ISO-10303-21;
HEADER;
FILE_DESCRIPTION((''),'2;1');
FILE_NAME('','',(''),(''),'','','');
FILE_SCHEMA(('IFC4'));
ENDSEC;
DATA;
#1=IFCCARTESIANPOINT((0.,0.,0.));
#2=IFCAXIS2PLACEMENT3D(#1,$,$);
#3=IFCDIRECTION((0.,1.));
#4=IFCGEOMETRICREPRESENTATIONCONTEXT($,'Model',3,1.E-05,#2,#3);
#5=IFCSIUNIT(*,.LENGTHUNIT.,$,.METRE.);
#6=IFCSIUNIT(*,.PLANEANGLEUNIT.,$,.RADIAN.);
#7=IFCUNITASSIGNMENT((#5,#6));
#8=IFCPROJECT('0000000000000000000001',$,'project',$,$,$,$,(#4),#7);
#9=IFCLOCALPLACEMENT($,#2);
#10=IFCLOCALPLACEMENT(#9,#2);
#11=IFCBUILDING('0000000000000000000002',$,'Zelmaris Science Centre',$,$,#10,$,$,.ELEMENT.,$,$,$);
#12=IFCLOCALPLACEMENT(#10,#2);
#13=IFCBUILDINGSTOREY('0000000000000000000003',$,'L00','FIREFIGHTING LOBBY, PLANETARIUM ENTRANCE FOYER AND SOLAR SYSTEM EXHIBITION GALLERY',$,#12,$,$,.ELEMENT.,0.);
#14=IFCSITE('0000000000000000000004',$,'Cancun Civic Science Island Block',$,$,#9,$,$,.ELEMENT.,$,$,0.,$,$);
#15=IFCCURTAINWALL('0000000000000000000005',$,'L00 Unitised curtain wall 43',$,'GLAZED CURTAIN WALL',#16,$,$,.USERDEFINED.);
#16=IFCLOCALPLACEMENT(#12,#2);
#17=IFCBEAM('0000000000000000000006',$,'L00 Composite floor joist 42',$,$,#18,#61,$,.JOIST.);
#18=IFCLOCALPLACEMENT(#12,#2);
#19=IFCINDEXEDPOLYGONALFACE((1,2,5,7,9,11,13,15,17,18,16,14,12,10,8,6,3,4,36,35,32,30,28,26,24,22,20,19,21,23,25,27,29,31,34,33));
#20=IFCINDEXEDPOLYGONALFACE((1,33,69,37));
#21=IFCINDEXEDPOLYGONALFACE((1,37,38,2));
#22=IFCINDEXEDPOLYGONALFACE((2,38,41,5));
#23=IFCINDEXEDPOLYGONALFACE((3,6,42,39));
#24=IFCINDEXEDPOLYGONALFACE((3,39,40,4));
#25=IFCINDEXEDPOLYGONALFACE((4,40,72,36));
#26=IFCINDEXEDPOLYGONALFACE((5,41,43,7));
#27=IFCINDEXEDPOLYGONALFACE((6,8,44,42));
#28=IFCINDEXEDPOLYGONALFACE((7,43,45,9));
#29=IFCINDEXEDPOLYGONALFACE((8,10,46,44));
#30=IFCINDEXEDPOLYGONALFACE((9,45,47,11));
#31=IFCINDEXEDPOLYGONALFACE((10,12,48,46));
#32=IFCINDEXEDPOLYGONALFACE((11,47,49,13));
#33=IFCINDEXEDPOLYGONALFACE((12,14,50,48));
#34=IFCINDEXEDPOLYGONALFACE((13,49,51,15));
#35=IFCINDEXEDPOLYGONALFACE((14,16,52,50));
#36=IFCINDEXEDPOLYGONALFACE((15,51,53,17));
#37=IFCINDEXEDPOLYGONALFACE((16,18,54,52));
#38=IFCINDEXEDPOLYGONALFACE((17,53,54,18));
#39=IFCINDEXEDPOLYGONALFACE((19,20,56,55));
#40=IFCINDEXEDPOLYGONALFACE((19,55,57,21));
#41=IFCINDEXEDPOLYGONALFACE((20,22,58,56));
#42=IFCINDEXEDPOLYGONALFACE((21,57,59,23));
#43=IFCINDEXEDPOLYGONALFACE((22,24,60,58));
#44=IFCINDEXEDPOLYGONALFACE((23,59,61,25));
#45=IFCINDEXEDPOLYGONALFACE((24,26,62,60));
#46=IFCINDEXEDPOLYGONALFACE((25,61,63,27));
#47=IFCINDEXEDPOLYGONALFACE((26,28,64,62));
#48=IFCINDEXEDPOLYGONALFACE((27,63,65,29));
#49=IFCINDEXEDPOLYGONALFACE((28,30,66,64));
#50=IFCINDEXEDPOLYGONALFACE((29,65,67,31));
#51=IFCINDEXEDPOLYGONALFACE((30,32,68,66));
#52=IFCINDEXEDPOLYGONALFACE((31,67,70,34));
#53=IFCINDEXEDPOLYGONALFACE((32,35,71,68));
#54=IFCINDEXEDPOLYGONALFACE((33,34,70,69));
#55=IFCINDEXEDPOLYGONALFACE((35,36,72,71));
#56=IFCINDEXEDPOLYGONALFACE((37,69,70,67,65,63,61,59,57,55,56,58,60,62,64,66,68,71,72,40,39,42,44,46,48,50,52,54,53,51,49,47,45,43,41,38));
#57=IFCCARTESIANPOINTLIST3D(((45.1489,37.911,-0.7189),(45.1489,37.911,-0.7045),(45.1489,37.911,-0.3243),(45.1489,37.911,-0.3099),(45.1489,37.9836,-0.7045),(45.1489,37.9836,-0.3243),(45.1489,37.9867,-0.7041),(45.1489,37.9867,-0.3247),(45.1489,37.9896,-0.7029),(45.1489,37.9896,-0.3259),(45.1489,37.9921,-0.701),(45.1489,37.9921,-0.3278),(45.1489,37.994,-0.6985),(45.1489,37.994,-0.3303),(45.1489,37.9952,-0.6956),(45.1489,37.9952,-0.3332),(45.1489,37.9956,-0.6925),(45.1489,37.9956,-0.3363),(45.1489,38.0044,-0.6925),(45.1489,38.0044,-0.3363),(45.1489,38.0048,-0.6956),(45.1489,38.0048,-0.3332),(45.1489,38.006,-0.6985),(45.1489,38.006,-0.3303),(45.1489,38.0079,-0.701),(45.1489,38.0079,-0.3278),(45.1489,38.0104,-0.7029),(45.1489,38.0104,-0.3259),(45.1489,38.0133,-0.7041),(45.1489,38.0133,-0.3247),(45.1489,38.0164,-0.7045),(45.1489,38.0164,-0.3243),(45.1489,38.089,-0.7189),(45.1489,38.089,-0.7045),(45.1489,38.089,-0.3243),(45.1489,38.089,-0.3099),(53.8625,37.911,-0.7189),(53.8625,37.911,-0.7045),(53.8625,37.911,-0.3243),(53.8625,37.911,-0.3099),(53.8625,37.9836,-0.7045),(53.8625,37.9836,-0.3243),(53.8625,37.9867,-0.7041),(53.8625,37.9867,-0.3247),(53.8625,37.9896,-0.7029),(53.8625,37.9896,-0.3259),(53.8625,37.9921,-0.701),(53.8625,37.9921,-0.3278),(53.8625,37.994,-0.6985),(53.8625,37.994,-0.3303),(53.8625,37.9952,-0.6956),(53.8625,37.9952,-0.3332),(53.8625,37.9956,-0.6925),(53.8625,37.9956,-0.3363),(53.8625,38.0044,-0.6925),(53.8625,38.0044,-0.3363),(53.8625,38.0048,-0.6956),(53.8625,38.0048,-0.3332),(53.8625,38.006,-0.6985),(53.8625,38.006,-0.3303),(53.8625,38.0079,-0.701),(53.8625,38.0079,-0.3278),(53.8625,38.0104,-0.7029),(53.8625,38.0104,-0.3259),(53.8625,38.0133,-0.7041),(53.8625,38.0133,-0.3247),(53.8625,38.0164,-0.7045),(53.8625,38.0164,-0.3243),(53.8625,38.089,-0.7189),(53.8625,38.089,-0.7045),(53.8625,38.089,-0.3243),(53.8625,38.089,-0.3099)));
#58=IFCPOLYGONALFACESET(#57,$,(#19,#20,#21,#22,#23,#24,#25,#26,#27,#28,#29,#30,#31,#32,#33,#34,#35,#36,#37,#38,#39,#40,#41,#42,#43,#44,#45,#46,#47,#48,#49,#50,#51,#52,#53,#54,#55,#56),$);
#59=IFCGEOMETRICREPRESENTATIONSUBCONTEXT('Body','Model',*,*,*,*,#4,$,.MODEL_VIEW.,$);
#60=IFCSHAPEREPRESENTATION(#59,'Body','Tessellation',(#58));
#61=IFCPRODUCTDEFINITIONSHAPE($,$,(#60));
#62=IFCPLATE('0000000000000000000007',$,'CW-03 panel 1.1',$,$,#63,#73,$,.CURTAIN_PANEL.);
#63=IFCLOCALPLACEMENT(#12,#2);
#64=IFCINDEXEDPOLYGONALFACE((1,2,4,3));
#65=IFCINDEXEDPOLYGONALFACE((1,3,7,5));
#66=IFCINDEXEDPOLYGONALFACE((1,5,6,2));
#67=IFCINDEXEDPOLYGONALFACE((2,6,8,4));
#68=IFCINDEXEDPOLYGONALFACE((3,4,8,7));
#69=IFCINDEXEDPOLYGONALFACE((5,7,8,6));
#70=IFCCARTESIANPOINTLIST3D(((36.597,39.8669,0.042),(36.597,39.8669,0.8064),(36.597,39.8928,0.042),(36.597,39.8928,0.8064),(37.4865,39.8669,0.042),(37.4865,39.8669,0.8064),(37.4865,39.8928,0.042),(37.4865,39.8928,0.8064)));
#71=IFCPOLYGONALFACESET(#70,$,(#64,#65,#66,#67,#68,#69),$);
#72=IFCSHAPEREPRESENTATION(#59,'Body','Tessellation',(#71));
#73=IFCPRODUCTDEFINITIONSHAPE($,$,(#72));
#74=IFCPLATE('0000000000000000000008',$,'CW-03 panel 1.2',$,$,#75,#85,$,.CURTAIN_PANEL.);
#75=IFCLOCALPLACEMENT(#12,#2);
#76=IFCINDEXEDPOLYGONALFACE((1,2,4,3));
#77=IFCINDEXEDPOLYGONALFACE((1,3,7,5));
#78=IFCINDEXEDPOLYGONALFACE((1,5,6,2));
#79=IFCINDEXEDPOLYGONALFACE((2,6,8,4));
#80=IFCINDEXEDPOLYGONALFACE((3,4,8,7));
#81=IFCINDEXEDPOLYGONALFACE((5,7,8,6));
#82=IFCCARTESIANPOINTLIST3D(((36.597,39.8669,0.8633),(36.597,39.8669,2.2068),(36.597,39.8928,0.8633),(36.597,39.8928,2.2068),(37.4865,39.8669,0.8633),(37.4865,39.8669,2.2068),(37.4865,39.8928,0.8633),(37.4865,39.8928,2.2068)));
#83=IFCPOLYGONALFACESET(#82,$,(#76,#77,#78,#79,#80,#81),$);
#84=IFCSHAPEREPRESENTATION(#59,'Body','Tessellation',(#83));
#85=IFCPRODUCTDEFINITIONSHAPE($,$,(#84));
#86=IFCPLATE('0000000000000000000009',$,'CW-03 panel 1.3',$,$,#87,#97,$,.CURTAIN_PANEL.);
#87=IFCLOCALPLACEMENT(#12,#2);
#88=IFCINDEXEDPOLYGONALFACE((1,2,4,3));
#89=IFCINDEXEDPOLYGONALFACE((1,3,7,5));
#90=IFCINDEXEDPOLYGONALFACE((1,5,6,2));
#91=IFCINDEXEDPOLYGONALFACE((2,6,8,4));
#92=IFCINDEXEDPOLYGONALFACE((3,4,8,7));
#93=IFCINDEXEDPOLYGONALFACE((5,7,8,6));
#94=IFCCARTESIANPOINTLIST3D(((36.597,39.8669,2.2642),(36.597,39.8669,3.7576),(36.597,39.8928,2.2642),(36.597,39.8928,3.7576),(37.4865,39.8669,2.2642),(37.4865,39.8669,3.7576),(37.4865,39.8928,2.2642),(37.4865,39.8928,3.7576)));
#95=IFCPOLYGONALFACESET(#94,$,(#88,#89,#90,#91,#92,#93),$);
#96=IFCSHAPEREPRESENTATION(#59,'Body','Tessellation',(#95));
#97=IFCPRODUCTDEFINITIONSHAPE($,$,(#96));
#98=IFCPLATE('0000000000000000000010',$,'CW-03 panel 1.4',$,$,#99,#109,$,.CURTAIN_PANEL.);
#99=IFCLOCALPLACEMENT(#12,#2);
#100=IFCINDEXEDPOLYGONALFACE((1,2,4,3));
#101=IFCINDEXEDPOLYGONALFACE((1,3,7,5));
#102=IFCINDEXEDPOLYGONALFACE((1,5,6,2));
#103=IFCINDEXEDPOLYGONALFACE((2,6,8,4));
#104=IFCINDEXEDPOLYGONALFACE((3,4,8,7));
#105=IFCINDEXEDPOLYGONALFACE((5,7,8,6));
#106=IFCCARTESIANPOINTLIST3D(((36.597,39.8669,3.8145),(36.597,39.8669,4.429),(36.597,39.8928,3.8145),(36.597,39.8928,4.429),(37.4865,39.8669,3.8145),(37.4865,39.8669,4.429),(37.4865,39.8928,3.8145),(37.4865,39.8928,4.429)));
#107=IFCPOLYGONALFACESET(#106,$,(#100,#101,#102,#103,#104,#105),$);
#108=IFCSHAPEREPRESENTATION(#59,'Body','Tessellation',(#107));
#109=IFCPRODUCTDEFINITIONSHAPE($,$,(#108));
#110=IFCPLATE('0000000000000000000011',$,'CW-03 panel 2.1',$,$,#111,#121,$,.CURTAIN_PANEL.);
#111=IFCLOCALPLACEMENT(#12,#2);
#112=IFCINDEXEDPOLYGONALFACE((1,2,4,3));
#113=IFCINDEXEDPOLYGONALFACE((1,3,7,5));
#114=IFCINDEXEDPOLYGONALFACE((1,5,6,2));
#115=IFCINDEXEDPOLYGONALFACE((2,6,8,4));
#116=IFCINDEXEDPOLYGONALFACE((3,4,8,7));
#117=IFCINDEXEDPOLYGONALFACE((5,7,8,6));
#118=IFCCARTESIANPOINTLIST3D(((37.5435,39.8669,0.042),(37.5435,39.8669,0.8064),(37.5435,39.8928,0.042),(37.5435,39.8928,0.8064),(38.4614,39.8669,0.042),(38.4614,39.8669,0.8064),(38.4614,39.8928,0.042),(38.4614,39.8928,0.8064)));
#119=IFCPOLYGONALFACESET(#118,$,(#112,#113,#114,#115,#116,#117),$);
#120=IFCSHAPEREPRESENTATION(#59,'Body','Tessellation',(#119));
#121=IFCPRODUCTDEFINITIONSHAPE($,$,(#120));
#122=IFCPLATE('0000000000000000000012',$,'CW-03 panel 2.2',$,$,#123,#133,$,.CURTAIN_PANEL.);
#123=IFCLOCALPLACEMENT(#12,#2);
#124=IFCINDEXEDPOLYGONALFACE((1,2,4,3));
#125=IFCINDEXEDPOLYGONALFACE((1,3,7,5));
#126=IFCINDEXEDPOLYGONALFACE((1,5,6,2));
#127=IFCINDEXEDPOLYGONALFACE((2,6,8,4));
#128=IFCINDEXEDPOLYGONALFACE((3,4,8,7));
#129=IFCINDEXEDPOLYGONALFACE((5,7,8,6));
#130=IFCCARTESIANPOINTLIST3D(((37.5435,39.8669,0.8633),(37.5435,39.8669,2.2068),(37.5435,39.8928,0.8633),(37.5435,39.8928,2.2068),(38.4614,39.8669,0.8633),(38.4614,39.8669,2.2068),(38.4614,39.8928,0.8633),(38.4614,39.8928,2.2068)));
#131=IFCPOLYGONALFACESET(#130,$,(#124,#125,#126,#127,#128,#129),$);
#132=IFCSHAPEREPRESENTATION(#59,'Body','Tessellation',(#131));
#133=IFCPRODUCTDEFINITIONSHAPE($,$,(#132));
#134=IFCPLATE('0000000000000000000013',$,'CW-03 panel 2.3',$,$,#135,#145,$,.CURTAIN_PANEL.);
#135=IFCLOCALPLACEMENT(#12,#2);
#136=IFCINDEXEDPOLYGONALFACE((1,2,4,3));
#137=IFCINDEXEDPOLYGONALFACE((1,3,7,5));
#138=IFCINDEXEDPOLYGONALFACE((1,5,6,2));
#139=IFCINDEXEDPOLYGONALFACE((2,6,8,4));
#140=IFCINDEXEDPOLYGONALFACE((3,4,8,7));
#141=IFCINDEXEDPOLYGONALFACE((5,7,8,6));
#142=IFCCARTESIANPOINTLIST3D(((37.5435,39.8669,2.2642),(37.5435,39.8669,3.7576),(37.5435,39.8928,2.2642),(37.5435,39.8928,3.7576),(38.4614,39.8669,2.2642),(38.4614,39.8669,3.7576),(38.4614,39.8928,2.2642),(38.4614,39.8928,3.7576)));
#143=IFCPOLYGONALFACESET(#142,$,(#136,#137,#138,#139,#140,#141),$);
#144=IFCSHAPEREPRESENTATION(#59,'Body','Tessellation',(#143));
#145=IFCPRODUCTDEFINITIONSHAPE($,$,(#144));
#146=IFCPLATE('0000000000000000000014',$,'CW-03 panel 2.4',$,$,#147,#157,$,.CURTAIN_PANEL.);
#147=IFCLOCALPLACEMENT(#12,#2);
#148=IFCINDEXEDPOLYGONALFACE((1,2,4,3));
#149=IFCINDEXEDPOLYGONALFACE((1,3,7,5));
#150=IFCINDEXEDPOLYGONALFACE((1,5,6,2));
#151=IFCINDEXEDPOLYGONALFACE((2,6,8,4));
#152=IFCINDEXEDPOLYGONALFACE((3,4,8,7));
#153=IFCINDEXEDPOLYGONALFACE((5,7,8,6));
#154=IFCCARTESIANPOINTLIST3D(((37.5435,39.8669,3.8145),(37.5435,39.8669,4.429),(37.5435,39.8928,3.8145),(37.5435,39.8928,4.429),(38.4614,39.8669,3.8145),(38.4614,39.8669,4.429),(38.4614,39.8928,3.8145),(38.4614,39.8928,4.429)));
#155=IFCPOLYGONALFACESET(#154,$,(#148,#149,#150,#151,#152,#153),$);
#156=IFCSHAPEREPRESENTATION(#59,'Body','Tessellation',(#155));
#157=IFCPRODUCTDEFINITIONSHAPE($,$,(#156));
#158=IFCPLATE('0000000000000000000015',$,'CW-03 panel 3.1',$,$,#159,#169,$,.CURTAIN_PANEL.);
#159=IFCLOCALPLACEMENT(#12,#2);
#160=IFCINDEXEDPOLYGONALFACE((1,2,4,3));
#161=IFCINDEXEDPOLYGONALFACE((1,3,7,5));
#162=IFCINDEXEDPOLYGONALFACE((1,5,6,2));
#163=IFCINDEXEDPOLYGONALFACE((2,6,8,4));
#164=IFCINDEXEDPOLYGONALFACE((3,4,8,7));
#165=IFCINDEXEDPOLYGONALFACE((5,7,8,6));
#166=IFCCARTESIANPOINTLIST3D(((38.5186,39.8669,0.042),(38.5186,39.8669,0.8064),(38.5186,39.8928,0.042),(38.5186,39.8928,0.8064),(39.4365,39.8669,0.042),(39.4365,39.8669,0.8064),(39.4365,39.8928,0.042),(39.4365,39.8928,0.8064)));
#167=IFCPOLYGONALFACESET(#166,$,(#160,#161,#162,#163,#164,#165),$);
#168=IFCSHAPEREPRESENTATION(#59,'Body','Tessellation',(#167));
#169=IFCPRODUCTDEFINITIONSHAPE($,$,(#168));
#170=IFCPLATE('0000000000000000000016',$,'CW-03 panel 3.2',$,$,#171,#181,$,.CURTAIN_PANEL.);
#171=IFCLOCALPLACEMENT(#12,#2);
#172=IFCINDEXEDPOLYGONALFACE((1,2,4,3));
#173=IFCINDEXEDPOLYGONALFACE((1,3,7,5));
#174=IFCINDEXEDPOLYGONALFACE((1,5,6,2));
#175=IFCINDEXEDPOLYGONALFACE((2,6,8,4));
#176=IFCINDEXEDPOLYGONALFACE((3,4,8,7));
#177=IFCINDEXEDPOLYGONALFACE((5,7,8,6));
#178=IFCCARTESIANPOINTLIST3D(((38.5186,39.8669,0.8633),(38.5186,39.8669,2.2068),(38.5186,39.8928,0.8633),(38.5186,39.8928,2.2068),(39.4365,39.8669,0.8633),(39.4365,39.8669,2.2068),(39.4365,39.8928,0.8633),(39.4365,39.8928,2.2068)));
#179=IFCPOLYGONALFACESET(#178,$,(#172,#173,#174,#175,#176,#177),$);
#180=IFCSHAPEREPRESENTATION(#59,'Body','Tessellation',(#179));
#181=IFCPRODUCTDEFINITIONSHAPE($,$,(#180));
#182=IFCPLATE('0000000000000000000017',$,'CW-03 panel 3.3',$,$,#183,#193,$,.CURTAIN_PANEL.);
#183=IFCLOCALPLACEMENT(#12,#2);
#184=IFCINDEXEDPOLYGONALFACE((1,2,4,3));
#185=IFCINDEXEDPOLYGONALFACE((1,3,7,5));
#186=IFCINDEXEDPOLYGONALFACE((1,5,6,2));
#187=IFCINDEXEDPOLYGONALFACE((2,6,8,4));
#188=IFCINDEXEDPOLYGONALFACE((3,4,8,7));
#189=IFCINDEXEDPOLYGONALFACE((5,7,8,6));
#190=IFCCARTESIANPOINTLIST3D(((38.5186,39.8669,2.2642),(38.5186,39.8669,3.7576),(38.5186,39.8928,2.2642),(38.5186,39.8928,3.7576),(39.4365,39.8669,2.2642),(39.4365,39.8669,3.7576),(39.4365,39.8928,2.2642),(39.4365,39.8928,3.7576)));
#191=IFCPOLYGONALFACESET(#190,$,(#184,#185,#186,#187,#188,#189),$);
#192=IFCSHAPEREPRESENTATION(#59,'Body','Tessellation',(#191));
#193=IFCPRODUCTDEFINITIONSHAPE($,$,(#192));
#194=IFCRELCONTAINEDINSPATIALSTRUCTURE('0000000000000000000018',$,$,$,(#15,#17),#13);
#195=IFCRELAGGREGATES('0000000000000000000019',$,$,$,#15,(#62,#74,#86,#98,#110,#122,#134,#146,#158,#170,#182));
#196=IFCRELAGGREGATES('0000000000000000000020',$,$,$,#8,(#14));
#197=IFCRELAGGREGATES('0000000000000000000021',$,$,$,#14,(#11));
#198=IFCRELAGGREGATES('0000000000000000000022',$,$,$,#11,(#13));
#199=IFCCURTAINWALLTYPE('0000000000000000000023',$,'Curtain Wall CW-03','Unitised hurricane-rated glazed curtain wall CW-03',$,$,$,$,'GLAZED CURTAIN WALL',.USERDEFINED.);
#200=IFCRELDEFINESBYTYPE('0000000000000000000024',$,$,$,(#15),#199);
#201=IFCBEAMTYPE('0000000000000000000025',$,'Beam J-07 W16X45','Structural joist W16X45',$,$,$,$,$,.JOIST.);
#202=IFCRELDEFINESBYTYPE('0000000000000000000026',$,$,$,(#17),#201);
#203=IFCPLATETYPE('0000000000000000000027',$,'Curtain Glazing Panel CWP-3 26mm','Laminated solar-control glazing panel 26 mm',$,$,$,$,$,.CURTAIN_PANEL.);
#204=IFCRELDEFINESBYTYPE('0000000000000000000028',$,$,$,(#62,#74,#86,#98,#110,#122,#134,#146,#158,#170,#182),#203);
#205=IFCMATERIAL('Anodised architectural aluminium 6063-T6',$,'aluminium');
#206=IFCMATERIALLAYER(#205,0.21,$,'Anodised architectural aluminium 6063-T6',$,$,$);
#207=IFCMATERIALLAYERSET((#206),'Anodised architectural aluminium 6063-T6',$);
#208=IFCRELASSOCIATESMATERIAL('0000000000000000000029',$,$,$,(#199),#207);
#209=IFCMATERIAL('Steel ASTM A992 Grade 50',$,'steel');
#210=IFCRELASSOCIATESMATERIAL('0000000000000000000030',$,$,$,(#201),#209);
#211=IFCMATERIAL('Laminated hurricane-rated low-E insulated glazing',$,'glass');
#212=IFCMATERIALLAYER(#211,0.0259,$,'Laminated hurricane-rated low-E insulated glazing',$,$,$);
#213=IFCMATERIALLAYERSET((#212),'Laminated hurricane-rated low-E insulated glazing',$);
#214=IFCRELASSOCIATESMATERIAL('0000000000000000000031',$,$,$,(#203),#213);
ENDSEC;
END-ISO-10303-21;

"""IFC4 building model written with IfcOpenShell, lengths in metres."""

from ifc_helpers import new_model, si_unit, direction, frame, origin, origin_2d, place, context, subcontext, project, spatial, rectangle, i_section, extrude, material, layer, layer_set, material_profile, profile_set, type_object, element, aggregate, save


model = new_model("IFC4")

# Units and contexts
model_context = context("Model", 3, precision=1e-05, world=origin(), true_north=direction((0.0, 1.0)))
body_context = subcontext(model_context, "Body", "Model", "MODEL_VIEW")
ifc_project = project(units=[si_unit("LENGTHUNIT", "METRE"), si_unit("PLANEANGLEUNIT", "RADIAN")], contexts=[model_context])

# Site, building, storey
site_placement = place(None, origin())
site = spatial("IfcSite", under=ifc_project, at=site_placement, Name="Cancun Civic Science Island Block", CompositionType="ELEMENT", RefElevation=0.0)
building_placement = place(site_placement, origin())
building = spatial("IfcBuilding", under=site, at=building_placement, Name="Zelmaris Science Centre", CompositionType="ELEMENT")
storey_placement = place(building_placement, origin())
storey = spatial("IfcBuildingStorey", under=building, at=storey_placement, Name="L00", Description="FIREFIGHTING LOBBY, PLANETARIUM ENTRANCE FOYER AND SOLAR SYSTEM EXHIBITION GALLERY", CompositionType="ELEMENT", Elevation=0.0)

# Curtain wall
ifc_material_1 = material(Name="Anodised architectural aluminium 6063-T6", Category="aluminium")
ifc_layer_1 = layer(ifc_material_1, 0.21, Name="Anodised architectural aluminium 6063-T6")
ifc_layer_set_1 = layer_set([ifc_layer_1], Name="Anodised architectural aluminium 6063-T6")
curtain_wall_type = type_object("IfcCurtainWallType", Name="Curtain Wall CW-03", Description="Unitised hurricane-rated glazed curtain wall CW-03", ElementType="GLAZED CURTAIN WALL", PredefinedType="USERDEFINED", material=ifc_layer_set_1)
curtain_wall_placement = place(storey_placement, origin())
curtain_wall = element("IfcCurtainWall", 1, at=curtain_wall_placement, inside=storey, type_object=curtain_wall_type, Name="L00 Unitised curtain wall 43", ObjectType="GLAZED CURTAIN WALL", PredefinedType="USERDEFINED")

# Beam
ifc_material_2 = material(Name="Steel ASTM A992 Grade 50", Category="steel")
ifc_material_profile_1 = material_profile(ifc_material_2, i_section(OverallWidth=0.178, OverallDepth=0.4089, WebThickness=0.0088, FlangeThickness=0.0144, FilletRadius=0.012, at=origin_2d()), Name="W16X45")
ifc_profile_set_1 = profile_set([ifc_material_profile_1], Name="Steel ASTM A992 Grade 50")
beam_type = type_object("IfcBeamType", Name="Beam J-07 W16X45", Description="Structural joist W16X45", PredefinedType="JOIST", material=ifc_profile_set_1)
beam_placement = place(storey_placement, frame((45.1489, 38.0, -0.5144), z_axis=(1.0, 0.0, 0.0), x_axis=(0.0, 1.0, 0.0)))
element("IfcBeam", 2, at=beam_placement, inside=storey, type_object=beam_type, Name="L00 Composite floor joist 42", PredefinedType="JOIST", context=body_context, shape_type="SweptSolid", body=[
    extrude(i_section(OverallWidth=0.178, OverallDepth=0.4089, WebThickness=0.0088, FlangeThickness=0.0144, FilletRadius=0.012, at=origin_2d()), origin(), (0.0, 0.0, 1.0), 8.7136),
])

# Plates
ifc_material_3 = material(Name="Laminated hurricane-rated low-E insulated glazing", Category="glass")
ifc_layer_2 = layer(ifc_material_3, 0.0259, Name="Laminated hurricane-rated low-E insulated glazing")
ifc_layer_set_2 = layer_set([ifc_layer_2], Name="Laminated hurricane-rated low-E insulated glazing")
plate_type = type_object("IfcPlateType", Name="Curtain Glazing Panel CWP-3 26mm", Description="Laminated solar-control glazing panel 26 mm", PredefinedType="CURTAIN_PANEL", material=ifc_layer_set_2)
plate_1_placement = place(storey_placement, frame((37.0417, 39.8799, 0.042), z_axis=(0.0, 0.0, 1.0), x_axis=(1.0, 0.0, 0.0)))
plate_1 = element("IfcPlate", 3, at=plate_1_placement, type_object=plate_type, Name="CW-03 panel 1.1", PredefinedType="CURTAIN_PANEL", context=body_context, shape_type="SweptSolid", body=[
    extrude(rectangle(XDim=0.8894, YDim=0.0259, at=origin_2d()), origin(), (0.0, 0.0, 1.0), 0.7644),
])
plate_2_placement = place(storey_placement, frame((37.0417, 39.8799, 0.8633), z_axis=(0.0, 0.0, 1.0), x_axis=(1.0, 0.0, 0.0)))
plate_2 = element("IfcPlate", 4, at=plate_2_placement, type_object=plate_type, Name="CW-03 panel 1.2", PredefinedType="CURTAIN_PANEL", context=body_context, shape_type="SweptSolid", body=[
    extrude(rectangle(XDim=0.8894, YDim=0.0259, at=origin_2d()), origin(), (0.0, 0.0, 1.0), 1.3435),
])
plate_3_placement = place(storey_placement, frame((37.0417, 39.8799, 2.2642), z_axis=(0.0, 0.0, 1.0), x_axis=(1.0, 0.0, 0.0)))
plate_3 = element("IfcPlate", 5, at=plate_3_placement, type_object=plate_type, Name="CW-03 panel 1.3", PredefinedType="CURTAIN_PANEL", context=body_context, shape_type="SweptSolid", body=[
    extrude(rectangle(XDim=0.8894, YDim=0.0259, at=origin_2d()), origin(), (0.0, 0.0, 1.0), 1.4934),
])
plate_4_placement = place(storey_placement, frame((37.0417, 39.8799, 3.8145), z_axis=(0.0, 0.0, 1.0), x_axis=(1.0, 0.0, 0.0)))
plate_4 = element("IfcPlate", 6, at=plate_4_placement, type_object=plate_type, Name="CW-03 panel 1.4", PredefinedType="CURTAIN_PANEL", context=body_context, shape_type="SweptSolid", body=[
    extrude(rectangle(XDim=0.8894, YDim=0.0259, at=origin_2d()), origin(), (0.0, 0.0, 1.0), 0.6145),
])
plate_5_placement = place(storey_placement, frame((38.0024, 39.8799, 0.042), z_axis=(0.0, 0.0, 1.0), x_axis=(1.0, 0.0, 0.0)))
plate_5 = element("IfcPlate", 7, at=plate_5_placement, type_object=plate_type, Name="CW-03 panel 2.1", PredefinedType="CURTAIN_PANEL", context=body_context, shape_type="SweptSolid", body=[
    extrude(rectangle(XDim=0.918, YDim=0.0259, at=origin_2d()), origin(), (0.0, 0.0, 1.0), 0.7644),
])
plate_6_placement = place(storey_placement, frame((38.0024, 39.8799, 0.8633), z_axis=(0.0, 0.0, 1.0), x_axis=(1.0, 0.0, 0.0)))
plate_6 = element("IfcPlate", 8, at=plate_6_placement, type_object=plate_type, Name="CW-03 panel 2.2", PredefinedType="CURTAIN_PANEL", context=body_context, shape_type="SweptSolid", body=[
    extrude(rectangle(XDim=0.918, YDim=0.0259, at=origin_2d()), origin(), (0.0, 0.0, 1.0), 1.3435),
])
plate_7_placement = place(storey_placement, frame((38.0024, 39.8799, 2.2642), z_axis=(0.0, 0.0, 1.0), x_axis=(1.0, 0.0, 0.0)))
plate_7 = element("IfcPlate", 9, at=plate_7_placement, type_object=plate_type, Name="CW-03 panel 2.3", PredefinedType="CURTAIN_PANEL", context=body_context, shape_type="SweptSolid", body=[
    extrude(rectangle(XDim=0.918, YDim=0.0259, at=origin_2d()), origin(), (0.0, 0.0, 1.0), 1.4934),
])
plate_8_placement = place(storey_placement, frame((38.0024, 39.8799, 3.8145), z_axis=(0.0, 0.0, 1.0), x_axis=(1.0, 0.0, 0.0)))
plate_8 = element("IfcPlate", 10, at=plate_8_placement, type_object=plate_type, Name="CW-03 panel 2.4", PredefinedType="CURTAIN_PANEL", context=body_context, shape_type="SweptSolid", body=[
    extrude(rectangle(XDim=0.918, YDim=0.0259, at=origin_2d()), origin(), (0.0, 0.0, 1.0), 0.6145),
])
plate_9_placement = place(storey_placement, frame((38.9775, 39.8799, 0.042), z_axis=(0.0, 0.0, 1.0), x_axis=(1.0, 0.0, 0.0)))
plate_9 = element("IfcPlate", 11, at=plate_9_placement, type_object=plate_type, Name="CW-03 panel 3.1", PredefinedType="CURTAIN_PANEL", context=body_context, shape_type="SweptSolid", body=[
    extrude(rectangle(XDim=0.918, YDim=0.0259, at=origin_2d()), origin(), (0.0, 0.0, 1.0), 0.7644),
])
plate_10_placement = place(storey_placement, frame((38.9775, 39.8799, 0.8633), z_axis=(0.0, 0.0, 1.0), x_axis=(1.0, 0.0, 0.0)))
plate_10 = element("IfcPlate", 12, at=plate_10_placement, type_object=plate_type, Name="CW-03 panel 3.2", PredefinedType="CURTAIN_PANEL", context=body_context, shape_type="SweptSolid", body=[
    extrude(rectangle(XDim=0.918, YDim=0.0259, at=origin_2d()), origin(), (0.0, 0.0, 1.0), 1.3435),
])
plate_11_placement = place(storey_placement, frame((38.9775, 39.8799, 2.2642), z_axis=(0.0, 0.0, 1.0), x_axis=(1.0, 0.0, 0.0)))
plate_11 = element("IfcPlate", 13, at=plate_11_placement, type_object=plate_type, Name="CW-03 panel 3.3", PredefinedType="CURTAIN_PANEL", context=body_context, shape_type="SweptSolid", body=[
    extrude(rectangle(XDim=0.918, YDim=0.0259, at=origin_2d()), origin(), (0.0, 0.0, 1.0), 1.4934),
])
aggregate(curtain_wall, [plate_1, plate_2, plate_3, plate_4, plate_5, plate_6, plate_7, plate_8, plate_9, plate_10, plate_11])

save(model, "model.ifc")
